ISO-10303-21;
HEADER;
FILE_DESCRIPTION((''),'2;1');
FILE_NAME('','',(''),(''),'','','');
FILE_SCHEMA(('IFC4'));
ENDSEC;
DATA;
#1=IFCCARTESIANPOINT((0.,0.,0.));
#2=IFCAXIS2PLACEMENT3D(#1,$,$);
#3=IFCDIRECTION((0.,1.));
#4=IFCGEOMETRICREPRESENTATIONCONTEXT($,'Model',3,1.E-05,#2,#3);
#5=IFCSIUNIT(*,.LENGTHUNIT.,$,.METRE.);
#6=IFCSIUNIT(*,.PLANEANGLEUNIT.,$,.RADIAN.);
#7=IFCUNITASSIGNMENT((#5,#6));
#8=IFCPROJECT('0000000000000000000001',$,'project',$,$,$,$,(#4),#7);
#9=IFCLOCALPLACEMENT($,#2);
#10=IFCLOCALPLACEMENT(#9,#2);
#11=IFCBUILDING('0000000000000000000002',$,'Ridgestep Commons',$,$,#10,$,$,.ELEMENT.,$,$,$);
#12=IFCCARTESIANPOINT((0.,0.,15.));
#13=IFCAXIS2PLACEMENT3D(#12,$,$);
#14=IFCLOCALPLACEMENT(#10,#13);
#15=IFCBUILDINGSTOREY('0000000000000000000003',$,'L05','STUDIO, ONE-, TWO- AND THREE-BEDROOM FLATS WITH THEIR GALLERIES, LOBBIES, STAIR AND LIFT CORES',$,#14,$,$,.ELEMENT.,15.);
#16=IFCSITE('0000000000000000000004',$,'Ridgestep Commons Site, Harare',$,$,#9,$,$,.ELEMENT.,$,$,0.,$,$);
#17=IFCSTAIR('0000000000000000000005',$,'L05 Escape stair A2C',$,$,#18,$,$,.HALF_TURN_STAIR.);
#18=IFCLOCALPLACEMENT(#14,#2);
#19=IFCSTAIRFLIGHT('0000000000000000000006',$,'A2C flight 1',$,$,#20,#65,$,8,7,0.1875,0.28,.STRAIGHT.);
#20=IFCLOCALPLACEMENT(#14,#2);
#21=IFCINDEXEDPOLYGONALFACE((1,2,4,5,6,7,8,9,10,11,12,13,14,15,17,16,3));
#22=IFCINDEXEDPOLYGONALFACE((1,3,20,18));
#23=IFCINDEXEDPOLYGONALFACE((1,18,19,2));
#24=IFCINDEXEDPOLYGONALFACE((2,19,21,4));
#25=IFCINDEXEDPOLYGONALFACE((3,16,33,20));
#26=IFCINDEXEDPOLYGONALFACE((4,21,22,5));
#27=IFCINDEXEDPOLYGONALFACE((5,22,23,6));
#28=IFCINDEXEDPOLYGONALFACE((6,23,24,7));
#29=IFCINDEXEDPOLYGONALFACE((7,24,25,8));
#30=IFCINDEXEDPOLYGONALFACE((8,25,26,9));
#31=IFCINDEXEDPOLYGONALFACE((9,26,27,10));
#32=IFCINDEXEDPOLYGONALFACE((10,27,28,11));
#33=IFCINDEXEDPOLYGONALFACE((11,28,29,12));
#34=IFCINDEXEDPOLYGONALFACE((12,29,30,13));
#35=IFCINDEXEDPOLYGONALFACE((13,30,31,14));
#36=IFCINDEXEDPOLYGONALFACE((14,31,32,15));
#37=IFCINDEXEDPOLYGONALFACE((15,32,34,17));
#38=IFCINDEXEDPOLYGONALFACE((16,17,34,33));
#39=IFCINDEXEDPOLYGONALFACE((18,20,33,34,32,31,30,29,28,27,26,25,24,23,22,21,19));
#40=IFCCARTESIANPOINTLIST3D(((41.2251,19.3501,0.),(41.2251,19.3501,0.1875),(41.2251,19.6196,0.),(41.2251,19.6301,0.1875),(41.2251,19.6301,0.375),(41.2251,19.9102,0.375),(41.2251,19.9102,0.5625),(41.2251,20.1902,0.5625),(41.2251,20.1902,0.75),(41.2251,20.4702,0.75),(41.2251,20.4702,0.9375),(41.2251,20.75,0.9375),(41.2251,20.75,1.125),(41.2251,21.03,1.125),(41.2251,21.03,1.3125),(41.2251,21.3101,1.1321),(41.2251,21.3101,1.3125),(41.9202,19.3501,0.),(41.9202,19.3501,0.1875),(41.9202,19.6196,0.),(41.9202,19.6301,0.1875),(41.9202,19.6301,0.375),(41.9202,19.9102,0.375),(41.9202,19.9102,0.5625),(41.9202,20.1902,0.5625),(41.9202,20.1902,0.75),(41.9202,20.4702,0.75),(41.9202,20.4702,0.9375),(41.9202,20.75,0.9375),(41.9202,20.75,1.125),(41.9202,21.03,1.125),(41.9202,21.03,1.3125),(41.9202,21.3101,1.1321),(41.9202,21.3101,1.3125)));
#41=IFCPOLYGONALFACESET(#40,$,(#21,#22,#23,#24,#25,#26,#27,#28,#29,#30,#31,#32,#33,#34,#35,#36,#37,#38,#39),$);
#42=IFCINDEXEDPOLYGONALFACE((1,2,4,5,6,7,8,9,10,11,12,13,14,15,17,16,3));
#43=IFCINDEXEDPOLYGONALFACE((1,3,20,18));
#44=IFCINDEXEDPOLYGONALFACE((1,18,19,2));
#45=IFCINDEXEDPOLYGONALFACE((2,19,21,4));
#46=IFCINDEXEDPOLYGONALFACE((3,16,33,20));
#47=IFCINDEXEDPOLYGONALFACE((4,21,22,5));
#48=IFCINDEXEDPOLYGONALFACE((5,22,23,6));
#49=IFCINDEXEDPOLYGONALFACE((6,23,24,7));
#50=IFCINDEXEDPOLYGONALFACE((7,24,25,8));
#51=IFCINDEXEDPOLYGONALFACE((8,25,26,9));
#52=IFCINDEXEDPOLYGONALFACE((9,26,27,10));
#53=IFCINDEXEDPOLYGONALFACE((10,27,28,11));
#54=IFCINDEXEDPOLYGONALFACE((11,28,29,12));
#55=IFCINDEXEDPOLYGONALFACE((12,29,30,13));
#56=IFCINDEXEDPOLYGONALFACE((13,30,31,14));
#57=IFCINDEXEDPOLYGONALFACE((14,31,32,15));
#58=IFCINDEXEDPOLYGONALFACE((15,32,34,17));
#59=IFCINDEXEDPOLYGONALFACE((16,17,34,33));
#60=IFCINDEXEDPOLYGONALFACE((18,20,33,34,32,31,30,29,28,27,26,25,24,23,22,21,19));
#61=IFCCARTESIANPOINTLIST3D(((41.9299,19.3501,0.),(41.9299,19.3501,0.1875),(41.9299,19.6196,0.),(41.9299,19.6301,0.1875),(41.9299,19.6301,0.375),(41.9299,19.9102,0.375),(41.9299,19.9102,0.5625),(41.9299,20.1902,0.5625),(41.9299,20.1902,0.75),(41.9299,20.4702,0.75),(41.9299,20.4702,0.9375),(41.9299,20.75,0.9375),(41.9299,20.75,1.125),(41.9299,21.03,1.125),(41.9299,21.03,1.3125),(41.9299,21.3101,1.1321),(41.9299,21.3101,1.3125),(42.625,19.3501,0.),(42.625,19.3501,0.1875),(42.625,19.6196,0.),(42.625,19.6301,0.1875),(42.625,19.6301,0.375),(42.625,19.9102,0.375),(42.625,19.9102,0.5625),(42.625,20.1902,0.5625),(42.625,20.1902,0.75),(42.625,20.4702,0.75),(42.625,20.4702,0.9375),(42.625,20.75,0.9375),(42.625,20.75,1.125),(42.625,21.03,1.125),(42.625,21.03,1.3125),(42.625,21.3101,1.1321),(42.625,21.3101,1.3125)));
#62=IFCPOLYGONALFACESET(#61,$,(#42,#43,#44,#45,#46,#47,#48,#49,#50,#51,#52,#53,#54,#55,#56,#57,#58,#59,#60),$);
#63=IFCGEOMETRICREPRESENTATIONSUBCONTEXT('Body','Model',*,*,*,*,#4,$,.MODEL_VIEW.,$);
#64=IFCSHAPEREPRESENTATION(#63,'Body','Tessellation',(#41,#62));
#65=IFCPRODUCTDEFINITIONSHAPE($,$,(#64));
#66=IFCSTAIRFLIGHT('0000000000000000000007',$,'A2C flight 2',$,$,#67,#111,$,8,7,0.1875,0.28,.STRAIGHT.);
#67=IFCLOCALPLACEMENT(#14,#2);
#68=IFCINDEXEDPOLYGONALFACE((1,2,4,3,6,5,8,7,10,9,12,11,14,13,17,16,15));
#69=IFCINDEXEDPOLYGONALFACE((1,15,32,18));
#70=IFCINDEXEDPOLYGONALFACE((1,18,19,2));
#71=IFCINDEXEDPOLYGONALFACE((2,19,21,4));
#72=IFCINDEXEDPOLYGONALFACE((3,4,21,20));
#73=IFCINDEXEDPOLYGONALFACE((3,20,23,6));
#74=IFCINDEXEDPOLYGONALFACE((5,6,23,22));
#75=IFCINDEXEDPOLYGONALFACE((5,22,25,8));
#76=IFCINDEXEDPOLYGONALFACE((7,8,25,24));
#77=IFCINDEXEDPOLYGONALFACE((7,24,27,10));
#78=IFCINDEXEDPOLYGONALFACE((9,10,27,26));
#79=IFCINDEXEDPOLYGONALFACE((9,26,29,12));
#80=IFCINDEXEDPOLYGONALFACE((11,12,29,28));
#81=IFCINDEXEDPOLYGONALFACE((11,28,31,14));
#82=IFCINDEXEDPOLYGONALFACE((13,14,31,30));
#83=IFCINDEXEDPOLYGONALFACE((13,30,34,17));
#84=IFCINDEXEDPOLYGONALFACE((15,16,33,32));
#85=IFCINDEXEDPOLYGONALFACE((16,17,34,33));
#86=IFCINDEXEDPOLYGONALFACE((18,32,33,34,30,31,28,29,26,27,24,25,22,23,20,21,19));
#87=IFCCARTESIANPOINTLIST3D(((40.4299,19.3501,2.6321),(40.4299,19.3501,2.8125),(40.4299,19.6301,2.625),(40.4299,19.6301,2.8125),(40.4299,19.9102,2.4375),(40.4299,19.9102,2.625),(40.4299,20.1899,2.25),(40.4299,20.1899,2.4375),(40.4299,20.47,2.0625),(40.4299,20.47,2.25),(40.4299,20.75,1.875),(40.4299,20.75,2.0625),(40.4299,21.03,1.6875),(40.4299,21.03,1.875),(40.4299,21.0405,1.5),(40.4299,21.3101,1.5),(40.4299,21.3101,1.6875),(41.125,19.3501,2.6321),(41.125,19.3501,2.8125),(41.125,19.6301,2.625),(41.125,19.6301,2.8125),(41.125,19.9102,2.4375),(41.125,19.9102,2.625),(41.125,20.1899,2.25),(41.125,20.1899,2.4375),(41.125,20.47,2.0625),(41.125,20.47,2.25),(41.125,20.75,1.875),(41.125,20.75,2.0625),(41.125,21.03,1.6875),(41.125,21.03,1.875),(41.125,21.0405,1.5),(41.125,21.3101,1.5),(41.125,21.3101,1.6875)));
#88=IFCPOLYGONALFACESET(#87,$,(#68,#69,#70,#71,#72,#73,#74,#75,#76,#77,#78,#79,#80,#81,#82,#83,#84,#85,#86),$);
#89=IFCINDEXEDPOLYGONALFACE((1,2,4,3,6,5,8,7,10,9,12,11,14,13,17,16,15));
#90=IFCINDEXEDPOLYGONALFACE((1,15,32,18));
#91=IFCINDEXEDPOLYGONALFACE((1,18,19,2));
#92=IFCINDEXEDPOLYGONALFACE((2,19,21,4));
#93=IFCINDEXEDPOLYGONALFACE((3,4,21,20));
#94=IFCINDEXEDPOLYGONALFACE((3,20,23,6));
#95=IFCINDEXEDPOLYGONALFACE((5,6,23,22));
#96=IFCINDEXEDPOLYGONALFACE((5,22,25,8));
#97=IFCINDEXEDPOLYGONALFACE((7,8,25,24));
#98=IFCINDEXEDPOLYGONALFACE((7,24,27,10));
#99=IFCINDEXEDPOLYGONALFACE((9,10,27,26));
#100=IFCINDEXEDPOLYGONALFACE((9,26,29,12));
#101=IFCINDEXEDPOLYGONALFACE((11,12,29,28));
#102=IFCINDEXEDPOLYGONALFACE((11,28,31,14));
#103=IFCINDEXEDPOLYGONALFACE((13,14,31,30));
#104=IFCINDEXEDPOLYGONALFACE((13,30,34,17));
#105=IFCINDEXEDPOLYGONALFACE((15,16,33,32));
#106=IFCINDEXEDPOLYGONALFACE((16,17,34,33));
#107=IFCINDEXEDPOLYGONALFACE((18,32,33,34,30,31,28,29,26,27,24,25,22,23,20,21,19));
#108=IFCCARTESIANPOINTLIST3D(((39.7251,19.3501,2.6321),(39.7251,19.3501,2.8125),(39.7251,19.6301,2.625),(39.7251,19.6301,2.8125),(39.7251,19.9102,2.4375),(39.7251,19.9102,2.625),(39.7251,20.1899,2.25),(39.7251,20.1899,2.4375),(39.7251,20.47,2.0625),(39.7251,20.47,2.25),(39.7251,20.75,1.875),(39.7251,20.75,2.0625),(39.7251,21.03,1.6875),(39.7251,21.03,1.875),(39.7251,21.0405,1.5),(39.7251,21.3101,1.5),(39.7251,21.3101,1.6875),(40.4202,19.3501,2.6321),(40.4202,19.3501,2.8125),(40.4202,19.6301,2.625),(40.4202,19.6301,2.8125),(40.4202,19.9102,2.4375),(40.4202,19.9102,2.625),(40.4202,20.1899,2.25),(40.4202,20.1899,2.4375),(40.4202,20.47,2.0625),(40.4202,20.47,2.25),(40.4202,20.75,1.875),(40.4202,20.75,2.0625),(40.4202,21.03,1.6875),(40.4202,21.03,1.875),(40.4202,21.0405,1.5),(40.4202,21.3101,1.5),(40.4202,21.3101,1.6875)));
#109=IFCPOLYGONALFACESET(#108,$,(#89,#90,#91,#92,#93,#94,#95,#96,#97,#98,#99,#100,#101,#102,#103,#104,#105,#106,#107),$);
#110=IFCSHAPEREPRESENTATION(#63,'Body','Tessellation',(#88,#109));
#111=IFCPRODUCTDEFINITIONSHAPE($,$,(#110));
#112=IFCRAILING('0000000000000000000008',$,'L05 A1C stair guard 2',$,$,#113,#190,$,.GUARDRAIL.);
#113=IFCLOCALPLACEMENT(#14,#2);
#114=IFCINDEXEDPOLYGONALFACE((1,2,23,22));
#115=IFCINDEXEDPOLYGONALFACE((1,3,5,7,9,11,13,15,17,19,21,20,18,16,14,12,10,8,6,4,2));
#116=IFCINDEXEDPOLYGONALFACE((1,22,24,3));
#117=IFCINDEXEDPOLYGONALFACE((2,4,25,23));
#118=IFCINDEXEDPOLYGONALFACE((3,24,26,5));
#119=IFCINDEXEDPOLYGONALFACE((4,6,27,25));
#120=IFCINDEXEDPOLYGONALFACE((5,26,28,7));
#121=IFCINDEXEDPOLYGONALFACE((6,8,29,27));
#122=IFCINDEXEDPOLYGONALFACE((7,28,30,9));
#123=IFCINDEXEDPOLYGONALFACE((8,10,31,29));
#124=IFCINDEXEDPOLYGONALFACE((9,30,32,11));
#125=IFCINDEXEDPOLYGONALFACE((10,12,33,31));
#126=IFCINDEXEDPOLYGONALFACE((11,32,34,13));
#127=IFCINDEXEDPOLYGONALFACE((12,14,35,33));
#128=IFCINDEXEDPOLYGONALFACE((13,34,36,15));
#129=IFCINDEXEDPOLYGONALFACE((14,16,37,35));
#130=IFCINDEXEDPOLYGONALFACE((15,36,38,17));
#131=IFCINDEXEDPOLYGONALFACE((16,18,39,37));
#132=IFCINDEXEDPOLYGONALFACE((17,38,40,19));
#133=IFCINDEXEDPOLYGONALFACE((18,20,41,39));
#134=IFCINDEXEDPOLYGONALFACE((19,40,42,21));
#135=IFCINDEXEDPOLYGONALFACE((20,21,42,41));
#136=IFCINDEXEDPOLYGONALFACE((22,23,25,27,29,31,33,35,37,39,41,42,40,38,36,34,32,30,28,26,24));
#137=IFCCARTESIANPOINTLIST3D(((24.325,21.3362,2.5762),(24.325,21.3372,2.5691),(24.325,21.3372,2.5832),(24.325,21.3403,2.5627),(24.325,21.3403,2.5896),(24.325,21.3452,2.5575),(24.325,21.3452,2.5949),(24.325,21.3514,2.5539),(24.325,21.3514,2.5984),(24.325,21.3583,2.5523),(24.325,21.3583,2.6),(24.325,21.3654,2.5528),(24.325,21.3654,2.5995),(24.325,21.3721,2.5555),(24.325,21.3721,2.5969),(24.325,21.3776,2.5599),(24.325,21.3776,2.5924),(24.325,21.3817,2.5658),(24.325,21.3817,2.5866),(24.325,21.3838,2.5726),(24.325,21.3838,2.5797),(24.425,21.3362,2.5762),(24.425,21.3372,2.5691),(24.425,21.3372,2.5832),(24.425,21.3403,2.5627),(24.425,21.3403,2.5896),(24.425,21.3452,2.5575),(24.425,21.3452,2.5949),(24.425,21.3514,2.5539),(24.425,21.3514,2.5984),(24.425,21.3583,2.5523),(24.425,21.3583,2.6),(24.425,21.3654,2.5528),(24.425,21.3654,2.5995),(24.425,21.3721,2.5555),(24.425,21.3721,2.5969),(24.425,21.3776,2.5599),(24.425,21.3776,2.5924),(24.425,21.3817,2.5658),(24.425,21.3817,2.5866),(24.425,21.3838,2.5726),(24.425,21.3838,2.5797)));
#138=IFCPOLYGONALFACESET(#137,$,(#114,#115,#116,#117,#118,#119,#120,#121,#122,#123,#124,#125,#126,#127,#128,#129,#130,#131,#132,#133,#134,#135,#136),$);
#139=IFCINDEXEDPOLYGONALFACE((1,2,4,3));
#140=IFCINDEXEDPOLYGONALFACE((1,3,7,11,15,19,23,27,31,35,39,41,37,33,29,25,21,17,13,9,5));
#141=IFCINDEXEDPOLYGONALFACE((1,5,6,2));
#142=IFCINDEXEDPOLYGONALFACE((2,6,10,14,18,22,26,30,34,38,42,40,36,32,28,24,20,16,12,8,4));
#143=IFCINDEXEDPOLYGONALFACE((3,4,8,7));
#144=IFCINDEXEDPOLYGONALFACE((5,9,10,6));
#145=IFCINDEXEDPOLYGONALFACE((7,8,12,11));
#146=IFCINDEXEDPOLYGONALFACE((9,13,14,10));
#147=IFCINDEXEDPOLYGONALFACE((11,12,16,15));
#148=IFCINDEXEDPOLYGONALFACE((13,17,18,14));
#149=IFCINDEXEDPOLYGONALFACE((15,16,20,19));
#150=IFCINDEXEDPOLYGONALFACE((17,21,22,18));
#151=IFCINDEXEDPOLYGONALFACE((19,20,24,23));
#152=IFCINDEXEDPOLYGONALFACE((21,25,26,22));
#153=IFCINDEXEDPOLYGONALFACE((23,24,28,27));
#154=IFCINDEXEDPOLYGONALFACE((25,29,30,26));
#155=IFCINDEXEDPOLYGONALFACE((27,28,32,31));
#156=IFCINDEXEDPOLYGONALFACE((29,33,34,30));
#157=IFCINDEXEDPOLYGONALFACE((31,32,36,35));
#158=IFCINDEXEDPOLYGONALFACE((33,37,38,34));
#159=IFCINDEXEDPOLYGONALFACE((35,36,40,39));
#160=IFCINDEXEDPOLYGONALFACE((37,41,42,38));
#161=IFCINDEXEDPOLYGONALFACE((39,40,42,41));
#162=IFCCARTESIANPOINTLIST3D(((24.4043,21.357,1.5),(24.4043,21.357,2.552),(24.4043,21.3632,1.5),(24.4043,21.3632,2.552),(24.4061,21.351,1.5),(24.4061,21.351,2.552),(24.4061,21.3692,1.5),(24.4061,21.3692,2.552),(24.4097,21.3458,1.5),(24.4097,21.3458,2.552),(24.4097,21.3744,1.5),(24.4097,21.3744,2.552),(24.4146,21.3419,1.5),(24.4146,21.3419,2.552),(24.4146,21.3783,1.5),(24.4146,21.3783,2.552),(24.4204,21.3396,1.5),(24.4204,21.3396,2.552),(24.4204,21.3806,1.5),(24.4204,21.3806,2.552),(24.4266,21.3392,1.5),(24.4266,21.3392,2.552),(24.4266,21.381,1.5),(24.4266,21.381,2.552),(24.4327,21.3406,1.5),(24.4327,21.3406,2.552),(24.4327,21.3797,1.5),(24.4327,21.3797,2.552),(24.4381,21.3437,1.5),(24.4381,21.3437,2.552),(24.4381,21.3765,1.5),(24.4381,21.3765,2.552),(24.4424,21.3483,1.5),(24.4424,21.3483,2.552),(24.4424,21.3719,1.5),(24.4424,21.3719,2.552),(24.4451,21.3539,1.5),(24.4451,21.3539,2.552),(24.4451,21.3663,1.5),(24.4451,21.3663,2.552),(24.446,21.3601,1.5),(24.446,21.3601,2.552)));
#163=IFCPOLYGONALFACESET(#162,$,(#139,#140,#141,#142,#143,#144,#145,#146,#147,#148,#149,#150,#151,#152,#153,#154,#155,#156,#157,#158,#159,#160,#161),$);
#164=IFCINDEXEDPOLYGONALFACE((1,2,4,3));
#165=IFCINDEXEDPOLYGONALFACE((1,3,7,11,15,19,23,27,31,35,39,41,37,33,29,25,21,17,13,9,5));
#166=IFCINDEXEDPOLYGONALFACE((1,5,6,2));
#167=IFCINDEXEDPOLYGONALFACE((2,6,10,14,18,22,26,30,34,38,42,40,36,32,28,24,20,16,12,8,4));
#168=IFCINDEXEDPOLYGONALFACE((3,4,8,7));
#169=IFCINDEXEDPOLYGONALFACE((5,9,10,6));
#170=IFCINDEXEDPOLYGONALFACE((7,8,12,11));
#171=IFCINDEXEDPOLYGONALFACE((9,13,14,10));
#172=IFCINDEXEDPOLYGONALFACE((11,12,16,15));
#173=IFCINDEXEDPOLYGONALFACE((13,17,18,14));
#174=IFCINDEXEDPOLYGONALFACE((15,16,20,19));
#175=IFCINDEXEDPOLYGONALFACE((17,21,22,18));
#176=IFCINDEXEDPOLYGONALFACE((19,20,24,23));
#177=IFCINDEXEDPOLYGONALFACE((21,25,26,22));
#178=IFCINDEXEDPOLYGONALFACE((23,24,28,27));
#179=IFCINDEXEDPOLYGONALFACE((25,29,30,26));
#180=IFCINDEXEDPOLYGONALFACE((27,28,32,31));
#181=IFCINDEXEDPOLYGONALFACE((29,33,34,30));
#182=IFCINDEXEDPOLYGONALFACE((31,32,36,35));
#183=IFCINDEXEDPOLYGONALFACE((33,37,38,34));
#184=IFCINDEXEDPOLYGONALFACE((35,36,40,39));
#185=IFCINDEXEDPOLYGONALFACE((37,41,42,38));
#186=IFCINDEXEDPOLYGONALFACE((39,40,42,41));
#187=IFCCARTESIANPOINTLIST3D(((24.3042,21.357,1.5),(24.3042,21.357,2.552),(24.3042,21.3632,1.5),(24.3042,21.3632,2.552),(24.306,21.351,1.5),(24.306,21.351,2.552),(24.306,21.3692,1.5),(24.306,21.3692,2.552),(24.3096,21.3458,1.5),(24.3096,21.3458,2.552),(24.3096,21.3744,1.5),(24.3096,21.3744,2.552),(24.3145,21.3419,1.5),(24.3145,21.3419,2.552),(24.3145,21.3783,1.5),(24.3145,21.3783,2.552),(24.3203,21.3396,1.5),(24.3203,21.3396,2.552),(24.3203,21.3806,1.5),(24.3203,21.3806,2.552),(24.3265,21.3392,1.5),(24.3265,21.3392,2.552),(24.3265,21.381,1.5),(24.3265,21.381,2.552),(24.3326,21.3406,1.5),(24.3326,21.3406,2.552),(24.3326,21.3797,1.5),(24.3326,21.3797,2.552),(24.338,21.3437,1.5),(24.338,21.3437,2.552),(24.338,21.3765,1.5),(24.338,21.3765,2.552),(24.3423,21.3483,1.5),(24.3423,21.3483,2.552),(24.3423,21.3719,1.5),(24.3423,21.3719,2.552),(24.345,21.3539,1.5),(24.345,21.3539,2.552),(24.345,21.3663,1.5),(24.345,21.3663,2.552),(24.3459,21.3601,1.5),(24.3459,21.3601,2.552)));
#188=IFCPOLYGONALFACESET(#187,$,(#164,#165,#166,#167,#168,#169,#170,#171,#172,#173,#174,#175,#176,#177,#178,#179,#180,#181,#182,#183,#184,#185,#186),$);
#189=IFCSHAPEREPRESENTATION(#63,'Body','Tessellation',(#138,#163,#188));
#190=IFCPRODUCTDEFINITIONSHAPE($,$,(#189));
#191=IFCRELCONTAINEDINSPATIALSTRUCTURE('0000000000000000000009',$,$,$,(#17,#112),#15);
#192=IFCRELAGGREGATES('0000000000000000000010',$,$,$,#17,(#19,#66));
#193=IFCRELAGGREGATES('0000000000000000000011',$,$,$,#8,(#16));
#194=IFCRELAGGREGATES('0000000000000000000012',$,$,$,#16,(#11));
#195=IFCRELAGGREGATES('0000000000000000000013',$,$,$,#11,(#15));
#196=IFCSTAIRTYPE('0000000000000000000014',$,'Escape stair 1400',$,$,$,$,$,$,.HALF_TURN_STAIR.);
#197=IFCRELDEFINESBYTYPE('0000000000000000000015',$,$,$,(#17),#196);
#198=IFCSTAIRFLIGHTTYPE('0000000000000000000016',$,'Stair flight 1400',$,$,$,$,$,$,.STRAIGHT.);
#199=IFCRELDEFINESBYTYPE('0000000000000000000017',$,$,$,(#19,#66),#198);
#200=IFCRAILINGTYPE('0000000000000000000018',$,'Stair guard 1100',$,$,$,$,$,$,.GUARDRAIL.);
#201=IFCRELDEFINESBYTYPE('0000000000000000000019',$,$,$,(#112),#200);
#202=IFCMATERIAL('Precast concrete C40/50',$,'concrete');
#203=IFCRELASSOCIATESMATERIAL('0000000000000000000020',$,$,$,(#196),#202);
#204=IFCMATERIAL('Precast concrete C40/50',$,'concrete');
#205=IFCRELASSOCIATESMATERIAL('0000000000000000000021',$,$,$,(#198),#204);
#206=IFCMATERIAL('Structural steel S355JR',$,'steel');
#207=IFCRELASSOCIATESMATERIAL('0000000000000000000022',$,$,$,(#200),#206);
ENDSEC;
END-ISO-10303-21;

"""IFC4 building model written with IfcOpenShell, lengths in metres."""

from ifc_helpers import new_model, si_unit, direction, frame, origin, origin_2d, place, context, subcontext, project, spatial, polyline, circle, outline, extrude, material, type_object, element, aggregate, save


model = new_model("IFC4")

# Units and contexts
model_context = context("Model", 3, precision=1e-05, world=origin(), true_north=direction((0.0, 1.0)))
body_context = subcontext(model_context, "Body", "Model", "MODEL_VIEW")
ifc_project = project(units=[si_unit("LENGTHUNIT", "METRE"), si_unit("PLANEANGLEUNIT", "RADIAN")], contexts=[model_context])

# Site, building, storey
site_placement = place(None, origin())
site = spatial("IfcSite", under=ifc_project, at=site_placement, Name="Ridgestep Commons Site, Harare", CompositionType="ELEMENT", RefElevation=0.0)
building_placement = place(site_placement, origin())
building = spatial("IfcBuilding", under=site, at=building_placement, Name="Ridgestep Commons", CompositionType="ELEMENT")
storey_placement = place(building_placement, frame((0.0, 0.0, 15.0)))
storey = spatial("IfcBuildingStorey", under=building, at=storey_placement, Name="L05", Description="STUDIO, ONE-, TWO- AND THREE-BEDROOM FLATS WITH THEIR GALLERIES, LOBBIES, STAIR AND LIFT CORES", CompositionType="ELEMENT", Elevation=15.0)

# Stair, stair flights
ifc_material_1 = material(Name="Precast concrete C40/50", Category="concrete")
stair_type = type_object("IfcStairType", Name="Escape stair 1400", PredefinedType="HALF_TURN_STAIR", material=ifc_material_1)
ifc_material_2 = material(Name="Precast concrete C40/50", Category="concrete")
stair_flight_type = type_object("IfcStairFlightType", Name="Stair flight 1400", PredefinedType="STRAIGHT", material=ifc_material_2)
stair_1_placement = place(storey_placement, origin())
stair_1 = element("IfcStair", 1, at=stair_1_placement, inside=storey, type_object=stair_type, Name="L05 Escape stair A2C", PredefinedType="HALF_TURN_STAIR")
stair_flight_1_placement = place(storey_placement, frame((41.925, 19.3501, 0.0), z_axis=(0.0, 0.0, 1.0), x_axis=(0.0, 1.0, 0.0)))
stair_flight_1 = element("IfcStairFlight", 2, at=stair_flight_1_placement, type_object=stair_flight_type, Name="A2C flight 1", NumberOfRisers=8, NumberOfTreads=7, PredefinedType="STRAIGHT", RiserHeight=0.1875, TreadLength=0.28, context=body_context, shape_type="SweptSolid", body=[
    extrude(outline(polyline([(0.0, 0.0), (0.0, 0.1875), (0.28, 0.1875), (0.28, 0.375), (0.5601, 0.375), (0.5601, 0.5625), (0.8401, 0.5625), (0.8401, 0.75), (1.1201, 0.75), (1.1201, 0.9375), (1.3999, 0.9375), (1.3999, 1.125), (1.6799, 1.125), (1.6799, 1.3125), (1.96, 1.3125), (1.96, 1.5), (1.96, 1.1321), (0.2695, 0.0), (0.0, 0.0)])), frame((0.0, 0.7, 0.0), z_axis=(0.0, -1.0, 0.0), x_axis=(1.0, 0.0, 0.0)), (0.0, 0.0, 1.0), 0.6951),
    extrude(outline(polyline([(0.0, 0.0), (0.0, 0.1875), (0.28, 0.1875), (0.28, 0.375), (0.5601, 0.375), (0.5601, 0.5625), (0.8401, 0.5625), (0.8401, 0.75), (1.1201, 0.75), (1.1201, 0.9375), (1.3999, 0.9375), (1.3999, 1.125), (1.6799, 1.125), (1.6799, 1.3125), (1.96, 1.3125), (1.96, 1.5), (1.96, 1.1321), (0.2695, 0.0), (0.0, 0.0)])), frame((0.0, -0.0049, 0.0), z_axis=(0.0, -1.0, 0.0), x_axis=(1.0, 0.0, 0.0)), (0.0, 0.0, 1.0), 0.6951),
])
stair_flight_2_placement = place(storey_placement, frame((40.425, 21.3101, 1.5), z_axis=(0.0, 0.0, 1.0), x_axis=(0.0, -1.0, 0.0)))
stair_flight_2 = element("IfcStairFlight", 3, at=stair_flight_2_placement, type_object=stair_flight_type, Name="A2C flight 2", NumberOfRisers=8, NumberOfTreads=7, PredefinedType="STRAIGHT", RiserHeight=0.1875, TreadLength=0.28, context=body_context, shape_type="SweptSolid", body=[
    extrude(outline(polyline([(0.0, 0.0), (0.0, 0.1875), (0.28, 0.1875), (0.28, 0.375), (0.5601, 0.375), (0.5601, 0.5625), (0.8401, 0.5625), (0.8401, 0.75), (1.1201, 0.75), (1.1201, 0.9375), (1.3999, 0.9375), (1.3999, 1.125), (1.6799, 1.125), (1.6799, 1.3125), (1.96, 1.3125), (1.96, 1.5), (1.96, 1.1321), (0.2695, 0.0), (0.0, 0.0)])), frame((0.0, 0.7, 0.0), z_axis=(0.0, -1.0, 0.0), x_axis=(1.0, 0.0, 0.0)), (0.0, 0.0, 1.0), 0.6951),
    extrude(outline(polyline([(0.0, 0.0), (0.0, 0.1875), (0.28, 0.1875), (0.28, 0.375), (0.5601, 0.375), (0.5601, 0.5625), (0.8401, 0.5625), (0.8401, 0.75), (1.1201, 0.75), (1.1201, 0.9375), (1.3999, 0.9375), (1.3999, 1.125), (1.6799, 1.125), (1.6799, 1.3125), (1.96, 1.3125), (1.96, 1.5), (1.96, 1.1321), (0.2695, 0.0), (0.0, 0.0)])), frame((0.0, -0.0049, 0.0), z_axis=(0.0, -1.0, 0.0), x_axis=(1.0, 0.0, 0.0)), (0.0, 0.0, 1.0), 0.6951),
])
aggregate(stair_1, [stair_flight_1, stair_flight_2])

# Railing
ifc_material_3 = material(Name="Structural steel S355JR", Category="steel")
railing_type_1 = type_object("IfcRailingType", Name="Stair guard 1100", PredefinedType="GUARDRAIL", material=ifc_material_3)
railing_1_placement = place(storey_placement, frame((24.425, 21.3601, 1.5)))
element("IfcRailing", 4, at=railing_1_placement, inside=storey, type_object=railing_type_1, Name="L05 A1C stair guard 2", PredefinedType="GUARDRAIL", context=body_context, shape_type="SweptSolid", body=[
    extrude(circle(Radius=0.0239, at=origin_2d()), frame((0.0, 0.0, 1.0762), z_axis=(-1.0, 0.0, 0.0), x_axis=(0.0, -1.0, 0.0)), (0.0, 0.0, 1.0), 0.1001),
    extrude(circle(Radius=0.021, at=origin_2d()), origin(), (0.0, 0.0, 1.0), 1.052),
    extrude(circle(Radius=0.021, at=origin_2d()), frame((-0.1001, 0.0, 0.0)), (0.0, 0.0, 1.0), 1.052),
])

save(model, "model.ifc")
